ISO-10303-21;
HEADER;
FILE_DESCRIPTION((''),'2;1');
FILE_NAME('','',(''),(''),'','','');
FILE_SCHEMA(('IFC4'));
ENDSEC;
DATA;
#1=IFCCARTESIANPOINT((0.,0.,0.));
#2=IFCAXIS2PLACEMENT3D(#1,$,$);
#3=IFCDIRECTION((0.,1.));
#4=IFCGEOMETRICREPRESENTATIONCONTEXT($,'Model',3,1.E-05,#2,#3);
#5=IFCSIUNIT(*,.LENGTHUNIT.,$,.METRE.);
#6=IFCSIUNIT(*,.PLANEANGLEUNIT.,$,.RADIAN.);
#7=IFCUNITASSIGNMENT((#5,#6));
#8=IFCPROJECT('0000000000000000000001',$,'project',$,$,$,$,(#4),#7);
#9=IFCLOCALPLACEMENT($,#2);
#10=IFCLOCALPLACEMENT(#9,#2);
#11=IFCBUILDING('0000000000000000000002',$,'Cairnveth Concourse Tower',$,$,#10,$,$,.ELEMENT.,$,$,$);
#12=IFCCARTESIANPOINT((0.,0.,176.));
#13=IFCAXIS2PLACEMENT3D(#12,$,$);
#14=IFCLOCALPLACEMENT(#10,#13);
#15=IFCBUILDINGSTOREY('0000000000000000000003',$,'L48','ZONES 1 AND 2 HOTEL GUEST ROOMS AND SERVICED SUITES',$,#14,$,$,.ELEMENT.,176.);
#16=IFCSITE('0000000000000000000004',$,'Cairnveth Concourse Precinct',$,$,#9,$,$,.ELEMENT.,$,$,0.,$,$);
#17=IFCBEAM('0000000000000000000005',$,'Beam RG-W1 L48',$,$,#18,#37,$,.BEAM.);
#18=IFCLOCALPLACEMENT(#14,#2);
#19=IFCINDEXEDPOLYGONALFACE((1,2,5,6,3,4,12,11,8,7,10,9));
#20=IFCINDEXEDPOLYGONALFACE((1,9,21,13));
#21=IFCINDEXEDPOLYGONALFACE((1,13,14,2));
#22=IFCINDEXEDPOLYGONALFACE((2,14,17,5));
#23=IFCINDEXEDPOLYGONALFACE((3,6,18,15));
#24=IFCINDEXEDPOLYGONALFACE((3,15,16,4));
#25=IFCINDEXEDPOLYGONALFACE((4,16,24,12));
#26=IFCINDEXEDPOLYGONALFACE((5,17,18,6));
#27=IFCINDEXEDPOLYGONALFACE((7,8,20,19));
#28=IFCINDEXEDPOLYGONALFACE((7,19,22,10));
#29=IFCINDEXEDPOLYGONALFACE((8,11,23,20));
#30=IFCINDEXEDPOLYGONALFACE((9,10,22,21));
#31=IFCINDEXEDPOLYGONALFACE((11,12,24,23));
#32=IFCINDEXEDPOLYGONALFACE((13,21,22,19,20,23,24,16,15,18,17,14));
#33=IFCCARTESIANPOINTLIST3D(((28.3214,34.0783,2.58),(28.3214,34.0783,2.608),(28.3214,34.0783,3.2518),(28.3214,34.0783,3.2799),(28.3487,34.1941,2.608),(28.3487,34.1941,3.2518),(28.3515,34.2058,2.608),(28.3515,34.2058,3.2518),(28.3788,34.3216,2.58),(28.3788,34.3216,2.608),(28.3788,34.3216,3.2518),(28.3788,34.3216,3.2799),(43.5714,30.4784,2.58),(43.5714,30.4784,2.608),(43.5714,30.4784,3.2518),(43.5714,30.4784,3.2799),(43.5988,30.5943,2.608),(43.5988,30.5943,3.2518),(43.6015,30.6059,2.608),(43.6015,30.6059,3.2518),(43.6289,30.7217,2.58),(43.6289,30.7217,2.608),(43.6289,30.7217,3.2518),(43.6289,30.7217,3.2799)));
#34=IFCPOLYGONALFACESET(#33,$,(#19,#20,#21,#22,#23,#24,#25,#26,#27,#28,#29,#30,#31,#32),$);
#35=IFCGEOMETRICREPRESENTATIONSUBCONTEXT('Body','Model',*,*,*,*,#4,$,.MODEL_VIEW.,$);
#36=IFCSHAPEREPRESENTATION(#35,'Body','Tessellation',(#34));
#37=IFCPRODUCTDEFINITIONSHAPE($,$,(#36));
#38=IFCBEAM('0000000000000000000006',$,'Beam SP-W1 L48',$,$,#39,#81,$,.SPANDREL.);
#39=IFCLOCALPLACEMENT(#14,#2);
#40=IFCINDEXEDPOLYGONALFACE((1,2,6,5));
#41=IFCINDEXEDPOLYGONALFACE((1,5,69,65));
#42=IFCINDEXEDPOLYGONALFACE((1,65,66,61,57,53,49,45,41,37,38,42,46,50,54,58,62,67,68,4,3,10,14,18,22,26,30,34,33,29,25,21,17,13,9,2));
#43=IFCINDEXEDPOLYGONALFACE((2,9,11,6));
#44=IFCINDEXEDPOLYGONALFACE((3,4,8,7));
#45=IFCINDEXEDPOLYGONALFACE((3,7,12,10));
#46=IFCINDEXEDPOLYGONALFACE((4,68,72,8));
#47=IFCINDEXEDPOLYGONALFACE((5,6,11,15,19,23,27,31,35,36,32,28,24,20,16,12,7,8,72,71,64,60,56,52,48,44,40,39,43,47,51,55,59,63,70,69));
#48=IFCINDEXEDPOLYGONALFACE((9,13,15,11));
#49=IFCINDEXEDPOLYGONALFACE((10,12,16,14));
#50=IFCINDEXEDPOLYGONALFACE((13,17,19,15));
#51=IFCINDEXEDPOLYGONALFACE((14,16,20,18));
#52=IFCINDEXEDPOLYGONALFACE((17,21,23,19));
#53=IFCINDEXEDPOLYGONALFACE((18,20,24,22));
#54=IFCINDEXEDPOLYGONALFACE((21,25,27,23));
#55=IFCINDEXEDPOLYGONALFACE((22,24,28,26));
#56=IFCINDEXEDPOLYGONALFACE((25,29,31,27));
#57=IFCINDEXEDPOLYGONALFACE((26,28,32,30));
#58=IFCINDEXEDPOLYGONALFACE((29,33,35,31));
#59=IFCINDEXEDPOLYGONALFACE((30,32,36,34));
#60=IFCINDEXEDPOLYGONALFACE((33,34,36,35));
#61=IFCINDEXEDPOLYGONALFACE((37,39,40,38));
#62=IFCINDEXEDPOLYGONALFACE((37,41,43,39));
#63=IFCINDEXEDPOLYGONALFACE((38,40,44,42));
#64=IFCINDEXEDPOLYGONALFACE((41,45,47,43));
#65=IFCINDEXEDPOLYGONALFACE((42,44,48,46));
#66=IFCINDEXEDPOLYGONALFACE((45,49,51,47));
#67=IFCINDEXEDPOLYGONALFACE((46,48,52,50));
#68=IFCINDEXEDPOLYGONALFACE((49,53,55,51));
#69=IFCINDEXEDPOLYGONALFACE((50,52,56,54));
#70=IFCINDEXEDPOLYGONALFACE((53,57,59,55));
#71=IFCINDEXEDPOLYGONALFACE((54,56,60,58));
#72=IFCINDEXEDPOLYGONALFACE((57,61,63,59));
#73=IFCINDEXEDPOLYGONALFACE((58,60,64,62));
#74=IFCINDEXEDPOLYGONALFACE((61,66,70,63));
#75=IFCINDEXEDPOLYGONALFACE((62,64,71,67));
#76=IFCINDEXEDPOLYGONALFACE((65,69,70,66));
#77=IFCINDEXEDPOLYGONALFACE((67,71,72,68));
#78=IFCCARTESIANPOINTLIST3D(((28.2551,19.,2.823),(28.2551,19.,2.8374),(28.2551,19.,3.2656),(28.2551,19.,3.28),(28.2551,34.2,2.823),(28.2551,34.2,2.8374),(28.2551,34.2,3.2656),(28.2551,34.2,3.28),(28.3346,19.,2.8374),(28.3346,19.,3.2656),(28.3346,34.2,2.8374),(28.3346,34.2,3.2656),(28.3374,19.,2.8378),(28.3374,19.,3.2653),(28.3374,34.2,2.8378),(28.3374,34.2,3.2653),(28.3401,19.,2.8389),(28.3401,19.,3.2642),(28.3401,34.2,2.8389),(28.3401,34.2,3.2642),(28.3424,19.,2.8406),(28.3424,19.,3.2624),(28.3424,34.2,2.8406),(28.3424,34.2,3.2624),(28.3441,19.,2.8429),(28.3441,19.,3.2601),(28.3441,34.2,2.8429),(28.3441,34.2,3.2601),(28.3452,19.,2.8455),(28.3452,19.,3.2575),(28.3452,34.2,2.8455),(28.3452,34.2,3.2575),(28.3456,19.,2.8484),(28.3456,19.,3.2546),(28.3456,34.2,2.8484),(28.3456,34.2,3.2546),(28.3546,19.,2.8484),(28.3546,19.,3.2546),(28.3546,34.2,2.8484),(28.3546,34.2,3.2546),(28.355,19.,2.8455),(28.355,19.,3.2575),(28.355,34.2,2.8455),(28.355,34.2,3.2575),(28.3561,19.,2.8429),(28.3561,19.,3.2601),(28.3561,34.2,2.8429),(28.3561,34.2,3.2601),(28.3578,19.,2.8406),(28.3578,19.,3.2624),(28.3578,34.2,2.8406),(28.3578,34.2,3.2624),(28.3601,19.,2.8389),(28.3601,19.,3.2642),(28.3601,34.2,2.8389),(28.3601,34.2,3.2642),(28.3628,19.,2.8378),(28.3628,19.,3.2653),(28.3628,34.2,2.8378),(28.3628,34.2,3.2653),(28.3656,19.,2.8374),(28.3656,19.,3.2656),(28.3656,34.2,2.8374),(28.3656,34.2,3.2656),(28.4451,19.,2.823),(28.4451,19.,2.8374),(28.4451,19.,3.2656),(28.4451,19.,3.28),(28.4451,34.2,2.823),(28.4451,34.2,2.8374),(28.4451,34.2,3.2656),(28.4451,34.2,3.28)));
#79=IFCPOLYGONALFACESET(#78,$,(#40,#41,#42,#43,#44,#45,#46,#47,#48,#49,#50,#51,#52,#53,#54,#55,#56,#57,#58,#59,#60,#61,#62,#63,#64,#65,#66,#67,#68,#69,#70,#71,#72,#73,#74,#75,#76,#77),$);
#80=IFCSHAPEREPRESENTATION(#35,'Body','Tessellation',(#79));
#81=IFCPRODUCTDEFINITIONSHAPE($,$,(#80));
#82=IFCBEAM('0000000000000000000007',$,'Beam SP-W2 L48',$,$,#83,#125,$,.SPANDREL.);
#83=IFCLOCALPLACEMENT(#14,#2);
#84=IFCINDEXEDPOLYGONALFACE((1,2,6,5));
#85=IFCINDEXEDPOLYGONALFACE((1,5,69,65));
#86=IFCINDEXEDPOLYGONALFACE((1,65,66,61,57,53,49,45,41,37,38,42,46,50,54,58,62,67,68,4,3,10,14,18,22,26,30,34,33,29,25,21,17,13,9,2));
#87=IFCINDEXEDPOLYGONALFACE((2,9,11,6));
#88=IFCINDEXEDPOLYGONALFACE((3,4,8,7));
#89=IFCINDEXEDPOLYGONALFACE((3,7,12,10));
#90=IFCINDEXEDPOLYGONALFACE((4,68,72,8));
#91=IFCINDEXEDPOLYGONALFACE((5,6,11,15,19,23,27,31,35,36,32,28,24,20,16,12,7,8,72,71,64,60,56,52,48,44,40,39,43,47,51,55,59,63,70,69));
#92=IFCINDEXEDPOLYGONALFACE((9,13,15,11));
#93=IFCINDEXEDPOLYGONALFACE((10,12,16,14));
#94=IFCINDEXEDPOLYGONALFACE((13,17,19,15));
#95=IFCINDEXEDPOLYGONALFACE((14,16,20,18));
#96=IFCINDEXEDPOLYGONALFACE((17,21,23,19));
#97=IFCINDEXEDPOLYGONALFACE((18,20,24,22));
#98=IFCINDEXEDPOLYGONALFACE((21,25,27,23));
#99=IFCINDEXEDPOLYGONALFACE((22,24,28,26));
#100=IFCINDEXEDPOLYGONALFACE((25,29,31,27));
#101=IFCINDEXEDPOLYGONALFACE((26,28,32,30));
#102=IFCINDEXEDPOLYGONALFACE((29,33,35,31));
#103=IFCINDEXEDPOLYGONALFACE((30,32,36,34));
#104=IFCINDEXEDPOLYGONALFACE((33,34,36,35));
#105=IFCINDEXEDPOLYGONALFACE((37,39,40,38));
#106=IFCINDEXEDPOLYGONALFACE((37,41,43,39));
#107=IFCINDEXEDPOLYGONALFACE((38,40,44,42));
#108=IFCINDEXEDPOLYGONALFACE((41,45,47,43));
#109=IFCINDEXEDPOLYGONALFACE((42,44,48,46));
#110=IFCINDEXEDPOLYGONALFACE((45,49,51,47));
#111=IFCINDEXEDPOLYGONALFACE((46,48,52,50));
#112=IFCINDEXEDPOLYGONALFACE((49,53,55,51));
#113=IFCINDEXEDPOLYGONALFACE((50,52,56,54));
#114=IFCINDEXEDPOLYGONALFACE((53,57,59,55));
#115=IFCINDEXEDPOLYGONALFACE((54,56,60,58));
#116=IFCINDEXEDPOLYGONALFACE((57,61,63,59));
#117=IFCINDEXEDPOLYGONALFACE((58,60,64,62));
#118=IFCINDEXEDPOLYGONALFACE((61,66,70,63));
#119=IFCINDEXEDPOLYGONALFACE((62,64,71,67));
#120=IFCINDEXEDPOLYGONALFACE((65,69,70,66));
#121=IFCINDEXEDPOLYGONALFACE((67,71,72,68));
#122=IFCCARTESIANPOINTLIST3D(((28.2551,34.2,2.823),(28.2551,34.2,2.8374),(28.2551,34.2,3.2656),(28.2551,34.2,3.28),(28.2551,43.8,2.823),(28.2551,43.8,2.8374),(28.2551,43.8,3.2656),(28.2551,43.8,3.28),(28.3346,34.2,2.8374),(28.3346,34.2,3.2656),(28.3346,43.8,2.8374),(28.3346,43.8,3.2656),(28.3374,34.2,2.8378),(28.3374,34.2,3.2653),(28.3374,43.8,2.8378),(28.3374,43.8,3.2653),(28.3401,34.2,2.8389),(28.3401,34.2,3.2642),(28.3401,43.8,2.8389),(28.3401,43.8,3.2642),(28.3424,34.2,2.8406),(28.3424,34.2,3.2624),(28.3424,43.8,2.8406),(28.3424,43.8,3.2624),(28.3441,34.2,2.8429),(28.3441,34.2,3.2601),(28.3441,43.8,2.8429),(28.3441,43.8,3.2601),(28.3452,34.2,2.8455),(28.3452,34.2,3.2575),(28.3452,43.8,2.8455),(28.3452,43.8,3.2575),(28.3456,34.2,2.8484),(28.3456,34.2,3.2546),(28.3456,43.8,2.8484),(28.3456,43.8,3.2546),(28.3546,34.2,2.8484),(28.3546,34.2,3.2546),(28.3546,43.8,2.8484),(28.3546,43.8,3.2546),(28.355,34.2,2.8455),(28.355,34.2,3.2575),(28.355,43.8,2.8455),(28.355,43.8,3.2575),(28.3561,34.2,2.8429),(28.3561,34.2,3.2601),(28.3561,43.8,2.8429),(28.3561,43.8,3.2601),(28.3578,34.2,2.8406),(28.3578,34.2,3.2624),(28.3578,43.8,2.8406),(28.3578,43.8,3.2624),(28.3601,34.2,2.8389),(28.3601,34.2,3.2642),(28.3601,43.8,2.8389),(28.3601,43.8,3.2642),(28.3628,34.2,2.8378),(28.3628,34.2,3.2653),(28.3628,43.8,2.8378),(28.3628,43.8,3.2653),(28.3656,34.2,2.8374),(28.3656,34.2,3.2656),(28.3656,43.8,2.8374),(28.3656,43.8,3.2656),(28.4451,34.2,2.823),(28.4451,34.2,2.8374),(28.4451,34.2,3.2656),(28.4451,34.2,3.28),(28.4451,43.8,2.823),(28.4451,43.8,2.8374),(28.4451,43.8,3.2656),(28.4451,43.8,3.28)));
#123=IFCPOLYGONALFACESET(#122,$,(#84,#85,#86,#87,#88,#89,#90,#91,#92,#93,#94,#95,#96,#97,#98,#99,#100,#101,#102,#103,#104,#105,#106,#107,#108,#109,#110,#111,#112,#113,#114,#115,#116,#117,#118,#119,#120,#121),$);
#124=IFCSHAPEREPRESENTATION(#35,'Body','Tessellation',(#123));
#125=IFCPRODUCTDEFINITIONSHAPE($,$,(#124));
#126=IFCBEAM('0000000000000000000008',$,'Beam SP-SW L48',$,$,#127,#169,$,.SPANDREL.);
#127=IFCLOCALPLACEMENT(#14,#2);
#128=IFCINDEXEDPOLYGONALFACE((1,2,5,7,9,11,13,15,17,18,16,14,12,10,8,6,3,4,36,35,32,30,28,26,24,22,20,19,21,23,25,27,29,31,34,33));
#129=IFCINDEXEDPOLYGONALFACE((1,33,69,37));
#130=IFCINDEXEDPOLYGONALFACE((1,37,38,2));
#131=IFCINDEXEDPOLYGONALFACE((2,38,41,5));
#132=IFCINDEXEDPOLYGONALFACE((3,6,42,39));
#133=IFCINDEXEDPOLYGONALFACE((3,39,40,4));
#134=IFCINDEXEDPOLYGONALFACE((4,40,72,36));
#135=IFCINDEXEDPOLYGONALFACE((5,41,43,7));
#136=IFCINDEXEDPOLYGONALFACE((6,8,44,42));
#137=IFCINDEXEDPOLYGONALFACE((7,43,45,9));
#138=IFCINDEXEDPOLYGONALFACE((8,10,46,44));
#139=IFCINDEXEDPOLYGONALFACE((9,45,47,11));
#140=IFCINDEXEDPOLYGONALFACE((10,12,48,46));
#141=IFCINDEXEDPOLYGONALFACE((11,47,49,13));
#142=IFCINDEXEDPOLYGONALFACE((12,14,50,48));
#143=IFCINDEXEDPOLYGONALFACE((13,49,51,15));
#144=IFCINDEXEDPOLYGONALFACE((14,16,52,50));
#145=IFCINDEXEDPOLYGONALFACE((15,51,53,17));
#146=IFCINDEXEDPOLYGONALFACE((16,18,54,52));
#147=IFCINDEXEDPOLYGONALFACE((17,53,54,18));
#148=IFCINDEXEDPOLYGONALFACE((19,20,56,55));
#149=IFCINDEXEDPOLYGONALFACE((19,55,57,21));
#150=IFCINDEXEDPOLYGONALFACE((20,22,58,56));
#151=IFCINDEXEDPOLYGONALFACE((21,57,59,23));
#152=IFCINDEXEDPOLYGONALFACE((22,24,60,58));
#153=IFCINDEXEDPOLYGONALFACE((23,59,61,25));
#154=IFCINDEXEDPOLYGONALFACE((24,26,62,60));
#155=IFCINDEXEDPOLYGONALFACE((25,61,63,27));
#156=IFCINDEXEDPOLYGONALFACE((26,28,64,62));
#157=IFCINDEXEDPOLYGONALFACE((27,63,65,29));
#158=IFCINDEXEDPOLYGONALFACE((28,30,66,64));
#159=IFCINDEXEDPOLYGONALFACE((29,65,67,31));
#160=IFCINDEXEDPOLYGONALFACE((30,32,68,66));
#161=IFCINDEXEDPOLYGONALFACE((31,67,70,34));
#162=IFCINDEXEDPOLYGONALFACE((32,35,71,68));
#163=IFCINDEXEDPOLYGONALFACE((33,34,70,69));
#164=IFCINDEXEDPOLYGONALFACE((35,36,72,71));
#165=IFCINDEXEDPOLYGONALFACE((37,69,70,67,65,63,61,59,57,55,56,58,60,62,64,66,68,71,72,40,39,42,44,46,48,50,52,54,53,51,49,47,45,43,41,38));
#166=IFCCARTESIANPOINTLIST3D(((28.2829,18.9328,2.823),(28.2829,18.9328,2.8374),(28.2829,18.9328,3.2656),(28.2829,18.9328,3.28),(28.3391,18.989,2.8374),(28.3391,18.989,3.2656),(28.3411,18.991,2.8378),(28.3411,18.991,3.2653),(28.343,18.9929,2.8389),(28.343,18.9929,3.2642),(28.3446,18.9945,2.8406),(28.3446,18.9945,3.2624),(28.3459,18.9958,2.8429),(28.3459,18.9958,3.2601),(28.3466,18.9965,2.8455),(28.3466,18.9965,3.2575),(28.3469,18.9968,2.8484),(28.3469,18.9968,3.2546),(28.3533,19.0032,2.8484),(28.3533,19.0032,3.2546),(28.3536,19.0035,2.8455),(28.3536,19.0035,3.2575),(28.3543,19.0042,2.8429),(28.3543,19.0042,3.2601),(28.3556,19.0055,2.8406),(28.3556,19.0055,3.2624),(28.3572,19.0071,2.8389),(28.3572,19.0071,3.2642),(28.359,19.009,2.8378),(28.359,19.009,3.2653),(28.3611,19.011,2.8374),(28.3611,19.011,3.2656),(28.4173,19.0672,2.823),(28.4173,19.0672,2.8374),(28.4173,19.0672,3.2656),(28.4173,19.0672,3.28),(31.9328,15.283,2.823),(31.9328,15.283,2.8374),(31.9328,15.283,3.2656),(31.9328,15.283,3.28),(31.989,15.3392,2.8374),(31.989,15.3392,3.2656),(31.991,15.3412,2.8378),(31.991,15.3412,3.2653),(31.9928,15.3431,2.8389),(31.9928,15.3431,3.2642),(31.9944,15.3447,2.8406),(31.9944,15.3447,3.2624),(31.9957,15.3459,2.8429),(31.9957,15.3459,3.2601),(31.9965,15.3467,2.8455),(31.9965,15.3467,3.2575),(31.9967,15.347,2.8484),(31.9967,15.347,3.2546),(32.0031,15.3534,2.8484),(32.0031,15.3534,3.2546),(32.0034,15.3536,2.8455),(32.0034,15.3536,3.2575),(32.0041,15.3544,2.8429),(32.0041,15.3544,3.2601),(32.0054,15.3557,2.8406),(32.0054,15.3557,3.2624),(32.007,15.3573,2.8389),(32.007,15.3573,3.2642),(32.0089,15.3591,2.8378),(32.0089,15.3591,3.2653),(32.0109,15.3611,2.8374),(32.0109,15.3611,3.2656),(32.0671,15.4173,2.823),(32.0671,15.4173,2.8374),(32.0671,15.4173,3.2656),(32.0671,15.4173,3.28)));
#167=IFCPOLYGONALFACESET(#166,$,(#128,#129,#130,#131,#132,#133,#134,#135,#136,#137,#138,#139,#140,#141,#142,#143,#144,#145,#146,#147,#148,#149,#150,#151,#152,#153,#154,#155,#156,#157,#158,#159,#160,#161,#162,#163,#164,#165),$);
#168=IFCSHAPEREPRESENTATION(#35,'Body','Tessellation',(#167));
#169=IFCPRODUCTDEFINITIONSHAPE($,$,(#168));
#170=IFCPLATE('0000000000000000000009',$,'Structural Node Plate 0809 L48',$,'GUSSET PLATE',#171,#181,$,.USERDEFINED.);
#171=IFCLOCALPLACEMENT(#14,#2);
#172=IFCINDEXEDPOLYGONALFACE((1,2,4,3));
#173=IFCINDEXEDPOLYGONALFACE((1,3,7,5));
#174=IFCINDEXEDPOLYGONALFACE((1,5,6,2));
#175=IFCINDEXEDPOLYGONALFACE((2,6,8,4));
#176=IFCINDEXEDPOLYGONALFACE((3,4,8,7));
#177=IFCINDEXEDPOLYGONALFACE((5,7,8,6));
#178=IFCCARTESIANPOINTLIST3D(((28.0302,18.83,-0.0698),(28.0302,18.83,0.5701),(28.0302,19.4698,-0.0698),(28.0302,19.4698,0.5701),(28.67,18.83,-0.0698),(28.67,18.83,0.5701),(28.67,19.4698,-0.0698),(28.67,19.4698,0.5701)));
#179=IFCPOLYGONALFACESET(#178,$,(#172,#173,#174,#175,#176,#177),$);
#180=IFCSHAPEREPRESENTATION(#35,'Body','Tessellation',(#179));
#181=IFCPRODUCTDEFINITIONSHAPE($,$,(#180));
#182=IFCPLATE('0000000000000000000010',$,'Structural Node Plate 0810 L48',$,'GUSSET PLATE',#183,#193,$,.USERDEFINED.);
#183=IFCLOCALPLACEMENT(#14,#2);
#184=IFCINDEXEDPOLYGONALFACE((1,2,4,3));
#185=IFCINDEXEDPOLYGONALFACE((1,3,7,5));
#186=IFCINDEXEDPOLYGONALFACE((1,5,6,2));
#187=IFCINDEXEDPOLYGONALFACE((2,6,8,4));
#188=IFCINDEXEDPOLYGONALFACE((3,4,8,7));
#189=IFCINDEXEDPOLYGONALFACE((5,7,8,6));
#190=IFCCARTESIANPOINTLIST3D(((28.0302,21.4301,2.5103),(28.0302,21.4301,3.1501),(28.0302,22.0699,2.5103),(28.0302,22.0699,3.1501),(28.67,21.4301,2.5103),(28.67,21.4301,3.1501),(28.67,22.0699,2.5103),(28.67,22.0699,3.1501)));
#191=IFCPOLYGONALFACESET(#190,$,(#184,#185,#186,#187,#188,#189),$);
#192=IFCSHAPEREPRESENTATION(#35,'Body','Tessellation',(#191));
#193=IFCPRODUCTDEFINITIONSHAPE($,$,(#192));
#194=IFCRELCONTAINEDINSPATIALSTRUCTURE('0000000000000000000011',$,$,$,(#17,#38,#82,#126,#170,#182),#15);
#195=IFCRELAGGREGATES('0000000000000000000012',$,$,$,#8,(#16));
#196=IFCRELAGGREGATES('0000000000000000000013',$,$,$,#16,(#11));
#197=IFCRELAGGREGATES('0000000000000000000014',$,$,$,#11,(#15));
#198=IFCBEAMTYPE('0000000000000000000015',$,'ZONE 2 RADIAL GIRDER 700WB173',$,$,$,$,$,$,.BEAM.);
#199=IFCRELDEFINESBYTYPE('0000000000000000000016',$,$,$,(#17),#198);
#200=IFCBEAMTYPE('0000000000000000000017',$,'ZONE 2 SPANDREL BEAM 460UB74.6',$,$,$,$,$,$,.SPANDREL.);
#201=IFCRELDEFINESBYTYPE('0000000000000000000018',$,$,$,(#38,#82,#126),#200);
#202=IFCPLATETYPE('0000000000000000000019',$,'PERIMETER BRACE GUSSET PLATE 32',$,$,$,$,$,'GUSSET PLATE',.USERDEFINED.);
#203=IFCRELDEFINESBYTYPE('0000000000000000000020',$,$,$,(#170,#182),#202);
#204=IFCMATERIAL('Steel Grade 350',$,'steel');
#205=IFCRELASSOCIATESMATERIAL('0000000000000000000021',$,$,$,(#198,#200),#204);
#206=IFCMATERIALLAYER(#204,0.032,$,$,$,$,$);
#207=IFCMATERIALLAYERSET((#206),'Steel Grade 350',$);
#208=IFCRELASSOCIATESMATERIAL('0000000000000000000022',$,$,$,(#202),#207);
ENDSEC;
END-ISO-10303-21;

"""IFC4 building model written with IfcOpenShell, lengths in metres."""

from ifc_helpers import new_model, si_unit, direction, frame, origin, origin_2d, place, context, subcontext, project, spatial, rectangle, i_section, extrude, material, layer, layer_set, material_profile, profile_set, type_object, element, save


model = new_model("IFC4")

# Units and contexts
model_context = context("Model", 3, precision=1e-05, world=origin(), true_north=direction((0.0, 1.0)))
body_context = subcontext(model_context, "Body", "Model", "MODEL_VIEW")
ifc_project = project(units=[si_unit("LENGTHUNIT", "METRE"), si_unit("PLANEANGLEUNIT", "RADIAN")], contexts=[model_context])

# Site, building, storey
site_placement = place(None, origin())
site = spatial("IfcSite", under=ifc_project, at=site_placement, Name="Cairnveth Concourse Precinct", CompositionType="ELEMENT", RefElevation=0.0)
building_placement = place(site_placement, origin())
building = spatial("IfcBuilding", under=site, at=building_placement, Name="Cairnveth Concourse Tower", CompositionType="ELEMENT")
storey_placement = place(building_placement, frame((0.0, 0.0, 176.0)))
storey = spatial("IfcBuildingStorey", under=building, at=storey_placement, Name="L48", Description="ZONES 1 AND 2 HOTEL GUEST ROOMS AND SERVICED SUITES", CompositionType="ELEMENT", Elevation=176.0)

# Shared definitions
ifc_material_1 = material(Name="Steel Grade 350", Category="steel")

# Beams
ifc_material_profile_1 = material_profile(ifc_material_1, i_section(OverallWidth=0.25, OverallDepth=0.7, WebThickness=0.012, FlangeThickness=0.0281, at=origin_2d()), Name="700WB173")
ifc_profile_set_1 = profile_set([ifc_material_profile_1], Name="Steel Grade 350")
beam_type_1 = type_object("IfcBeamType", Name="ZONE 2 RADIAL GIRDER 700WB173", PredefinedType="BEAM", material=ifc_profile_set_1)
beam_1_placement = place(storey_placement, frame((28.3501, 34.2, 2.9299), z_axis=(0.973252, -0.229742, 0.0), x_axis=(0.229742, 0.973252, 0.0)))
element("IfcBeam", 1, at=beam_1_placement, inside=storey, type_object=beam_type_1, Name="Beam RG-W1 L48", PredefinedType="BEAM", context=body_context, shape_type="SweptSolid", body=[
    extrude(i_section(OverallWidth=0.25, OverallDepth=0.7, WebThickness=0.012, FlangeThickness=0.0281, at=origin_2d()), origin(), (0.0, 0.0, 1.0), 15.6692),
])
ifc_material_profile_2 = material_profile(ifc_material_1, i_section(OverallWidth=0.1899, OverallDepth=0.457, WebThickness=0.009, FlangeThickness=0.0144, FilletRadius=0.011, at=origin_2d()), Name="460UB74.6")
ifc_profile_set_2 = profile_set([ifc_material_profile_2], Name="Steel Grade 350")
beam_type_2 = type_object("IfcBeamType", Name="ZONE 2 SPANDREL BEAM 460UB74.6", PredefinedType="SPANDREL", material=ifc_profile_set_2)
beam_2_placement = place(storey_placement, frame((28.3501, 19.0, 3.0515), z_axis=(0.0, 1.0, 0.0), x_axis=(-1.0, 0.0, 0.0)))
element("IfcBeam", 2, at=beam_2_placement, inside=storey, type_object=beam_type_2, Name="Beam SP-W1 L48", PredefinedType="SPANDREL", context=body_context, shape_type="SweptSolid", body=[
    extrude(i_section(OverallWidth=0.1899, OverallDepth=0.457, WebThickness=0.009, FlangeThickness=0.0144, FilletRadius=0.011, at=origin_2d()), origin(), (0.0, 0.0, 1.0), 15.2),
])
beam_3_placement = place(storey_placement, frame((28.3501, 34.2, 3.0515), z_axis=(0.0, 1.0, 0.0), x_axis=(-1.0, 0.0, 0.0)))
element("IfcBeam", 3, at=beam_3_placement, inside=storey, type_object=beam_type_2, Name="Beam SP-W2 L48", PredefinedType="SPANDREL", context=body_context, shape_type="SweptSolid", body=[
    extrude(i_section(OverallWidth=0.1899, OverallDepth=0.457, WebThickness=0.009, FlangeThickness=0.0144, FilletRadius=0.011, at=origin_2d()), origin(), (0.0, 0.0, 1.0), 9.6001),
])
beam_4_placement = place(storey_placement, frame((28.3501, 19.0, 3.0515), z_axis=(0.707107, -0.707107, 0.0), x_axis=(0.707107, 0.707107, 0.0)))
element("IfcBeam", 4, at=beam_4_placement, inside=storey, type_object=beam_type_2, Name="Beam SP-SW L48", PredefinedType="SPANDREL", context=body_context, shape_type="SweptSolid", body=[
    extrude(i_section(OverallWidth=0.1899, OverallDepth=0.457, WebThickness=0.009, FlangeThickness=0.0144, FilletRadius=0.011, at=origin_2d()), origin(), (0.0, 0.0, 1.0), 5.1616),
])

# Plates
ifc_layer_1 = layer(ifc_material_1, 0.032)
ifc_layer_set_1 = layer_set([ifc_layer_1], Name="Steel Grade 350")
plate_type = type_object("IfcPlateType", Name="PERIMETER BRACE GUSSET PLATE 32", ElementType="GUSSET PLATE", PredefinedType="USERDEFINED", material=ifc_layer_set_1)
for number, where, z_axis, x_axis, name in (
    (5, (28.3501, 19.1499, -0.0698), (0.0, 0.0, 1.0), (1.0, 0.0, 0.0), "Structural Node Plate 0809 L48"),
    (6, (28.3501, 21.75, 2.5103), (0.0, 0.0, 1.0), (1.0, 0.0, 0.0), "Structural Node Plate 0810 L48"),
):
    element("IfcPlate", number, at=place(storey_placement, frame(where, z_axis=z_axis, x_axis=x_axis)), inside=storey, type_object=plate_type, Name=name, ObjectType="GUSSET PLATE", PredefinedType="USERDEFINED", context=body_context, shape_type="SweptSolid", body=[
        extrude(rectangle(XDim=0.6399, YDim=0.6399, at=origin_2d()), origin(), (0.0, 0.0, 1.0), 0.6399),
    ])

save(model, "model.ifc")
